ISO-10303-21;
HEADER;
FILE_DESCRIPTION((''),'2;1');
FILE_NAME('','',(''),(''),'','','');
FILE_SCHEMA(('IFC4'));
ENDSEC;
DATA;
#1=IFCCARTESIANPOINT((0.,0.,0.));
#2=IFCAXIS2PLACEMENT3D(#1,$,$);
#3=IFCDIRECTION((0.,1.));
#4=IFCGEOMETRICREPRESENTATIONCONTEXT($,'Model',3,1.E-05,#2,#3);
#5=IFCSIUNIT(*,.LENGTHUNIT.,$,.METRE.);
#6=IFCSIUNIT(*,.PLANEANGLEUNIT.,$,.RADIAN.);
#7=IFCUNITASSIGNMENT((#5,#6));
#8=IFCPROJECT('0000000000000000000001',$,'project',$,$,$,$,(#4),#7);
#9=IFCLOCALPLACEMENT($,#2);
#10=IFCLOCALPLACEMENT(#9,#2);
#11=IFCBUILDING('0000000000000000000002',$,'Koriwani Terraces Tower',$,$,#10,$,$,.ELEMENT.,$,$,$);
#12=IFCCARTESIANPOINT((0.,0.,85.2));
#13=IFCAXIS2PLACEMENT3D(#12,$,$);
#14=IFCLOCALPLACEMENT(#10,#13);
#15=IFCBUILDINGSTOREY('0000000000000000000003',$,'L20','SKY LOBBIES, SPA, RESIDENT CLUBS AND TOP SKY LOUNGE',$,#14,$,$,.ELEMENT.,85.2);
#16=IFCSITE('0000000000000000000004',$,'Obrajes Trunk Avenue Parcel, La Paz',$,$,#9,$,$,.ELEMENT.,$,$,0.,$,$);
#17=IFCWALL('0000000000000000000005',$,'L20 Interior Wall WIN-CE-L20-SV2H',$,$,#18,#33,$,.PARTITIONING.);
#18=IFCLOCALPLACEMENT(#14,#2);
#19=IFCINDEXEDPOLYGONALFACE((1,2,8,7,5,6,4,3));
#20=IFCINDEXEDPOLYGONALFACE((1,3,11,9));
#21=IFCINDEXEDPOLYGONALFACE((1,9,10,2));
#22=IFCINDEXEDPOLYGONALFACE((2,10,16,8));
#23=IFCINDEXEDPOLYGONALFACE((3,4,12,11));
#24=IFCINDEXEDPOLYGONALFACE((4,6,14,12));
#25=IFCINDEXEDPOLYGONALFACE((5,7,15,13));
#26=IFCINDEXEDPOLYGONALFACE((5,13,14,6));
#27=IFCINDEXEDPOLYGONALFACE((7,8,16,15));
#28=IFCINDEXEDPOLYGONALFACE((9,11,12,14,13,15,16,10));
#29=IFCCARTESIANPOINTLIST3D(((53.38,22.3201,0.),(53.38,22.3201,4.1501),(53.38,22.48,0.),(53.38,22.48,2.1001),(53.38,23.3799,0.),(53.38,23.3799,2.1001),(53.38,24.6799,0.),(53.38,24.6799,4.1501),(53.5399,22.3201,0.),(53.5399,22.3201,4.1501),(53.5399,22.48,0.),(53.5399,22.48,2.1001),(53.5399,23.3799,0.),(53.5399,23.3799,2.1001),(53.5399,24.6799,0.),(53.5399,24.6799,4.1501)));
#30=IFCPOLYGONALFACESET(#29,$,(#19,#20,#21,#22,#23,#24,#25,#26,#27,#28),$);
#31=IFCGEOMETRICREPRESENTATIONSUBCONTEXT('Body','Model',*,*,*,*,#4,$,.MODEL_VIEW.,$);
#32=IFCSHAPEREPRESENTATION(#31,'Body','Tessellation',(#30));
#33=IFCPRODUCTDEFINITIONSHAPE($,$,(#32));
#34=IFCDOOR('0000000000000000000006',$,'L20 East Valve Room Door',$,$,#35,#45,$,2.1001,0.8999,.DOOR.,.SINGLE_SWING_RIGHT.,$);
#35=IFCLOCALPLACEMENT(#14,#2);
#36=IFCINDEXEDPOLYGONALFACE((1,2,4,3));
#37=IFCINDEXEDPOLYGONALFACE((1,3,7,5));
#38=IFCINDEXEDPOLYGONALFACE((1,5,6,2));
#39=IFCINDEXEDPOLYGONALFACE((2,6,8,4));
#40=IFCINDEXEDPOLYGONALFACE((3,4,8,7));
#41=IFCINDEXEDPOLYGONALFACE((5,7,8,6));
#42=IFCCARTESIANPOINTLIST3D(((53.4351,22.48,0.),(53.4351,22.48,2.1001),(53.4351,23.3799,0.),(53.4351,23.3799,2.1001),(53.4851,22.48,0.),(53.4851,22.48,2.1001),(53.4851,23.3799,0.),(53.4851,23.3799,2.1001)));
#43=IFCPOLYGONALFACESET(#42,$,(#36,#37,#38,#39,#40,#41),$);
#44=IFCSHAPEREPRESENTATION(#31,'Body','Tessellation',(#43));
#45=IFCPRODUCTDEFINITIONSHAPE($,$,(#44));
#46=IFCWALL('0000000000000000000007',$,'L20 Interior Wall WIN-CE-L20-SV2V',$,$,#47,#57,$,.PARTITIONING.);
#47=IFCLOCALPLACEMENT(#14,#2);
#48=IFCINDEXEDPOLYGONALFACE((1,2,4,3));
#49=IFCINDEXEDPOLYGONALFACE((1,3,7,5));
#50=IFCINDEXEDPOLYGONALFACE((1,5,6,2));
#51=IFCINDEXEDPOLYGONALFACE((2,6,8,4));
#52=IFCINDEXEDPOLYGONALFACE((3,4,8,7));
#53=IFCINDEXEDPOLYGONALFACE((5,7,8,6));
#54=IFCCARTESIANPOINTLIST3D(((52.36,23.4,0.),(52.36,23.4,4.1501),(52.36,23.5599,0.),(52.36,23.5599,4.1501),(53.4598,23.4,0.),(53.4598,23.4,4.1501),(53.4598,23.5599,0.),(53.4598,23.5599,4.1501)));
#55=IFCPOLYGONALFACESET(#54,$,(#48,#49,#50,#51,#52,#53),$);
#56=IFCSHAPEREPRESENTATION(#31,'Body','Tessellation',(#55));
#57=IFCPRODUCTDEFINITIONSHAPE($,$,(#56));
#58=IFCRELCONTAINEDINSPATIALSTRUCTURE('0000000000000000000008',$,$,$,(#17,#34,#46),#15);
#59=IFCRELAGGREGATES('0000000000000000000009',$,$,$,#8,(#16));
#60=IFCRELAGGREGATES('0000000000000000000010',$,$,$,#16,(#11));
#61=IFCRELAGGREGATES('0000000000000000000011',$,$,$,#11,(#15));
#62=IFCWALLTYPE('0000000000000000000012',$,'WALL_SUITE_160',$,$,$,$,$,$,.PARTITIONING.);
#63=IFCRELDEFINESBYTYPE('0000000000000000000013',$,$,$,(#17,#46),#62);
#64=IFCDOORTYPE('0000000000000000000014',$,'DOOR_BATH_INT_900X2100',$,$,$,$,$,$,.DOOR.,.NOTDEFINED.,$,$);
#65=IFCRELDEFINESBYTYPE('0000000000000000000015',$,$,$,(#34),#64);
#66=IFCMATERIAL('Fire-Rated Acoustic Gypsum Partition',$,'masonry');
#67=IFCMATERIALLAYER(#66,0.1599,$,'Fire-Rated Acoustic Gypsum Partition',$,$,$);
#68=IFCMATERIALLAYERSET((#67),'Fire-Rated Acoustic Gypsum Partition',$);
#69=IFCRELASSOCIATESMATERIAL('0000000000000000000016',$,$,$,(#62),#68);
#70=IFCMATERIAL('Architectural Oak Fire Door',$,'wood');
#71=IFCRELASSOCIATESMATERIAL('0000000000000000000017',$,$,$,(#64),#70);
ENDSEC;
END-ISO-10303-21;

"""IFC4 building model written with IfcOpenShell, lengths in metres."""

from ifc_helpers import new_model, si_unit, direction, frame, frame_2d, origin, place, context, subcontext, project, spatial, rectangle, extrude, material, layer, layer_set, type_object, element, fill, save


model = new_model("IFC4")

# Units and contexts
model_context = context("Model", 3, precision=1e-05, world=origin(), true_north=direction((0.0, 1.0)))
body_context = subcontext(model_context, "Body", "Model", "MODEL_VIEW")
ifc_project = project(units=[si_unit("LENGTHUNIT", "METRE"), si_unit("PLANEANGLEUNIT", "RADIAN")], contexts=[model_context])

# Site, building, storey
site_placement = place(None, origin())
site = spatial("IfcSite", under=ifc_project, at=site_placement, Name="Obrajes Trunk Avenue Parcel, La Paz", CompositionType="ELEMENT", RefElevation=0.0)
building_placement = place(site_placement, origin())
building = spatial("IfcBuilding", under=site, at=building_placement, Name="Koriwani Terraces Tower", CompositionType="ELEMENT")
storey_placement = place(building_placement, frame((0.0, 0.0, 85.2)))
storey = spatial("IfcBuildingStorey", under=building, at=storey_placement, Name="L20", Description="SKY LOBBIES, SPA, RESIDENT CLUBS AND TOP SKY LOUNGE", CompositionType="ELEMENT", Elevation=85.2)

# Wall, opening, door
ifc_material_1 = material(Name="Fire-Rated Acoustic Gypsum Partition", Category="masonry")
ifc_layer_1 = layer(ifc_material_1, 0.1599, Name="Fire-Rated Acoustic Gypsum Partition")
ifc_layer_set_1 = layer_set([ifc_layer_1], Name="Fire-Rated Acoustic Gypsum Partition")
wall_type_1 = type_object("IfcWallType", Name="WALL_SUITE_160", PredefinedType="PARTITIONING", material=ifc_layer_set_1)
ifc_material_2 = material(Name="Architectural Oak Fire Door", Category="wood")
door_type_1 = type_object("IfcDoorType", Name="DOOR_BATH_INT_900X2100", OperationType="NOTDEFINED", PredefinedType="DOOR", material=ifc_material_2)
wall_1_placement = place(storey_placement, frame((53.46, 22.3201, 0.0), z_axis=(0.0, 0.0, 1.0), x_axis=(0.0, 1.0, 0.0)))
wall_1 = element("IfcWall", 1, at=wall_1_placement, inside=storey, type_object=wall_type_1, Name="L20 Interior Wall WIN-CE-L20-SV2H", PredefinedType="PARTITIONING", context=body_context, shape_type="SweptSolid", body=[
    extrude(rectangle(XDim=2.3599, YDim=0.1599, at=frame_2d((1.1799, 0.0))), origin(), (0.0, 0.0, 1.0), 4.1501),
])
opening_1_placement = place(wall_1_placement, frame((0.1599, 0.0, 0.0)))
opening_1 = element("IfcOpeningElement", 2, at=opening_1_placement, cuts=wall_1, PredefinedType="OPENING", context=body_context, shape_type="SweptSolid", body=[
    extrude(rectangle(XDim=0.8999, YDim=2.1001, at=frame_2d((0.45, 1.05))), frame((0.0, 0.0898, 0.0), z_axis=(0.0, -1.0, 0.0), x_axis=(1.0, 0.0, 0.0)), (0.0, 0.0, 1.0), 0.1799),
])
door_1_placement = place(opening_1_placement, origin())
door_1 = element("IfcDoor", 3, at=door_1_placement, inside=storey, type_object=door_type_1, Name="L20 East Valve Room Door", OperationType="SINGLE_SWING_RIGHT", OverallHeight=2.1001, OverallWidth=0.8999, PredefinedType="DOOR", context=body_context, shape_type="SweptSolid", body=[
    extrude(rectangle(XDim=0.8999, YDim=2.1001, at=frame_2d((0.45, 1.05))), frame((0.0, 0.0249, 0.0), z_axis=(0.0, -1.0, 0.0), x_axis=(1.0, 0.0, 0.0)), (0.0, 0.0, 1.0), 0.05),
])
fill(opening_1, door_1)

# Wall
wall_2_placement = place(storey_placement, frame((52.3601, 23.48, 0.0), z_axis=(0.0, 0.0, 1.0), x_axis=(1.0, 0.0, 0.0)))
element("IfcWall", 4, at=wall_2_placement, inside=storey, type_object=wall_type_1, Name="L20 Interior Wall WIN-CE-L20-SV2V", PredefinedType="PARTITIONING", context=body_context, shape_type="SweptSolid", body=[
    extrude(rectangle(XDim=1.0999, YDim=0.1599, at=frame_2d((0.5498, 0.0))), origin(), (0.0, 0.0, 1.0), 4.1501),
])

save(model, "model.ifc")
